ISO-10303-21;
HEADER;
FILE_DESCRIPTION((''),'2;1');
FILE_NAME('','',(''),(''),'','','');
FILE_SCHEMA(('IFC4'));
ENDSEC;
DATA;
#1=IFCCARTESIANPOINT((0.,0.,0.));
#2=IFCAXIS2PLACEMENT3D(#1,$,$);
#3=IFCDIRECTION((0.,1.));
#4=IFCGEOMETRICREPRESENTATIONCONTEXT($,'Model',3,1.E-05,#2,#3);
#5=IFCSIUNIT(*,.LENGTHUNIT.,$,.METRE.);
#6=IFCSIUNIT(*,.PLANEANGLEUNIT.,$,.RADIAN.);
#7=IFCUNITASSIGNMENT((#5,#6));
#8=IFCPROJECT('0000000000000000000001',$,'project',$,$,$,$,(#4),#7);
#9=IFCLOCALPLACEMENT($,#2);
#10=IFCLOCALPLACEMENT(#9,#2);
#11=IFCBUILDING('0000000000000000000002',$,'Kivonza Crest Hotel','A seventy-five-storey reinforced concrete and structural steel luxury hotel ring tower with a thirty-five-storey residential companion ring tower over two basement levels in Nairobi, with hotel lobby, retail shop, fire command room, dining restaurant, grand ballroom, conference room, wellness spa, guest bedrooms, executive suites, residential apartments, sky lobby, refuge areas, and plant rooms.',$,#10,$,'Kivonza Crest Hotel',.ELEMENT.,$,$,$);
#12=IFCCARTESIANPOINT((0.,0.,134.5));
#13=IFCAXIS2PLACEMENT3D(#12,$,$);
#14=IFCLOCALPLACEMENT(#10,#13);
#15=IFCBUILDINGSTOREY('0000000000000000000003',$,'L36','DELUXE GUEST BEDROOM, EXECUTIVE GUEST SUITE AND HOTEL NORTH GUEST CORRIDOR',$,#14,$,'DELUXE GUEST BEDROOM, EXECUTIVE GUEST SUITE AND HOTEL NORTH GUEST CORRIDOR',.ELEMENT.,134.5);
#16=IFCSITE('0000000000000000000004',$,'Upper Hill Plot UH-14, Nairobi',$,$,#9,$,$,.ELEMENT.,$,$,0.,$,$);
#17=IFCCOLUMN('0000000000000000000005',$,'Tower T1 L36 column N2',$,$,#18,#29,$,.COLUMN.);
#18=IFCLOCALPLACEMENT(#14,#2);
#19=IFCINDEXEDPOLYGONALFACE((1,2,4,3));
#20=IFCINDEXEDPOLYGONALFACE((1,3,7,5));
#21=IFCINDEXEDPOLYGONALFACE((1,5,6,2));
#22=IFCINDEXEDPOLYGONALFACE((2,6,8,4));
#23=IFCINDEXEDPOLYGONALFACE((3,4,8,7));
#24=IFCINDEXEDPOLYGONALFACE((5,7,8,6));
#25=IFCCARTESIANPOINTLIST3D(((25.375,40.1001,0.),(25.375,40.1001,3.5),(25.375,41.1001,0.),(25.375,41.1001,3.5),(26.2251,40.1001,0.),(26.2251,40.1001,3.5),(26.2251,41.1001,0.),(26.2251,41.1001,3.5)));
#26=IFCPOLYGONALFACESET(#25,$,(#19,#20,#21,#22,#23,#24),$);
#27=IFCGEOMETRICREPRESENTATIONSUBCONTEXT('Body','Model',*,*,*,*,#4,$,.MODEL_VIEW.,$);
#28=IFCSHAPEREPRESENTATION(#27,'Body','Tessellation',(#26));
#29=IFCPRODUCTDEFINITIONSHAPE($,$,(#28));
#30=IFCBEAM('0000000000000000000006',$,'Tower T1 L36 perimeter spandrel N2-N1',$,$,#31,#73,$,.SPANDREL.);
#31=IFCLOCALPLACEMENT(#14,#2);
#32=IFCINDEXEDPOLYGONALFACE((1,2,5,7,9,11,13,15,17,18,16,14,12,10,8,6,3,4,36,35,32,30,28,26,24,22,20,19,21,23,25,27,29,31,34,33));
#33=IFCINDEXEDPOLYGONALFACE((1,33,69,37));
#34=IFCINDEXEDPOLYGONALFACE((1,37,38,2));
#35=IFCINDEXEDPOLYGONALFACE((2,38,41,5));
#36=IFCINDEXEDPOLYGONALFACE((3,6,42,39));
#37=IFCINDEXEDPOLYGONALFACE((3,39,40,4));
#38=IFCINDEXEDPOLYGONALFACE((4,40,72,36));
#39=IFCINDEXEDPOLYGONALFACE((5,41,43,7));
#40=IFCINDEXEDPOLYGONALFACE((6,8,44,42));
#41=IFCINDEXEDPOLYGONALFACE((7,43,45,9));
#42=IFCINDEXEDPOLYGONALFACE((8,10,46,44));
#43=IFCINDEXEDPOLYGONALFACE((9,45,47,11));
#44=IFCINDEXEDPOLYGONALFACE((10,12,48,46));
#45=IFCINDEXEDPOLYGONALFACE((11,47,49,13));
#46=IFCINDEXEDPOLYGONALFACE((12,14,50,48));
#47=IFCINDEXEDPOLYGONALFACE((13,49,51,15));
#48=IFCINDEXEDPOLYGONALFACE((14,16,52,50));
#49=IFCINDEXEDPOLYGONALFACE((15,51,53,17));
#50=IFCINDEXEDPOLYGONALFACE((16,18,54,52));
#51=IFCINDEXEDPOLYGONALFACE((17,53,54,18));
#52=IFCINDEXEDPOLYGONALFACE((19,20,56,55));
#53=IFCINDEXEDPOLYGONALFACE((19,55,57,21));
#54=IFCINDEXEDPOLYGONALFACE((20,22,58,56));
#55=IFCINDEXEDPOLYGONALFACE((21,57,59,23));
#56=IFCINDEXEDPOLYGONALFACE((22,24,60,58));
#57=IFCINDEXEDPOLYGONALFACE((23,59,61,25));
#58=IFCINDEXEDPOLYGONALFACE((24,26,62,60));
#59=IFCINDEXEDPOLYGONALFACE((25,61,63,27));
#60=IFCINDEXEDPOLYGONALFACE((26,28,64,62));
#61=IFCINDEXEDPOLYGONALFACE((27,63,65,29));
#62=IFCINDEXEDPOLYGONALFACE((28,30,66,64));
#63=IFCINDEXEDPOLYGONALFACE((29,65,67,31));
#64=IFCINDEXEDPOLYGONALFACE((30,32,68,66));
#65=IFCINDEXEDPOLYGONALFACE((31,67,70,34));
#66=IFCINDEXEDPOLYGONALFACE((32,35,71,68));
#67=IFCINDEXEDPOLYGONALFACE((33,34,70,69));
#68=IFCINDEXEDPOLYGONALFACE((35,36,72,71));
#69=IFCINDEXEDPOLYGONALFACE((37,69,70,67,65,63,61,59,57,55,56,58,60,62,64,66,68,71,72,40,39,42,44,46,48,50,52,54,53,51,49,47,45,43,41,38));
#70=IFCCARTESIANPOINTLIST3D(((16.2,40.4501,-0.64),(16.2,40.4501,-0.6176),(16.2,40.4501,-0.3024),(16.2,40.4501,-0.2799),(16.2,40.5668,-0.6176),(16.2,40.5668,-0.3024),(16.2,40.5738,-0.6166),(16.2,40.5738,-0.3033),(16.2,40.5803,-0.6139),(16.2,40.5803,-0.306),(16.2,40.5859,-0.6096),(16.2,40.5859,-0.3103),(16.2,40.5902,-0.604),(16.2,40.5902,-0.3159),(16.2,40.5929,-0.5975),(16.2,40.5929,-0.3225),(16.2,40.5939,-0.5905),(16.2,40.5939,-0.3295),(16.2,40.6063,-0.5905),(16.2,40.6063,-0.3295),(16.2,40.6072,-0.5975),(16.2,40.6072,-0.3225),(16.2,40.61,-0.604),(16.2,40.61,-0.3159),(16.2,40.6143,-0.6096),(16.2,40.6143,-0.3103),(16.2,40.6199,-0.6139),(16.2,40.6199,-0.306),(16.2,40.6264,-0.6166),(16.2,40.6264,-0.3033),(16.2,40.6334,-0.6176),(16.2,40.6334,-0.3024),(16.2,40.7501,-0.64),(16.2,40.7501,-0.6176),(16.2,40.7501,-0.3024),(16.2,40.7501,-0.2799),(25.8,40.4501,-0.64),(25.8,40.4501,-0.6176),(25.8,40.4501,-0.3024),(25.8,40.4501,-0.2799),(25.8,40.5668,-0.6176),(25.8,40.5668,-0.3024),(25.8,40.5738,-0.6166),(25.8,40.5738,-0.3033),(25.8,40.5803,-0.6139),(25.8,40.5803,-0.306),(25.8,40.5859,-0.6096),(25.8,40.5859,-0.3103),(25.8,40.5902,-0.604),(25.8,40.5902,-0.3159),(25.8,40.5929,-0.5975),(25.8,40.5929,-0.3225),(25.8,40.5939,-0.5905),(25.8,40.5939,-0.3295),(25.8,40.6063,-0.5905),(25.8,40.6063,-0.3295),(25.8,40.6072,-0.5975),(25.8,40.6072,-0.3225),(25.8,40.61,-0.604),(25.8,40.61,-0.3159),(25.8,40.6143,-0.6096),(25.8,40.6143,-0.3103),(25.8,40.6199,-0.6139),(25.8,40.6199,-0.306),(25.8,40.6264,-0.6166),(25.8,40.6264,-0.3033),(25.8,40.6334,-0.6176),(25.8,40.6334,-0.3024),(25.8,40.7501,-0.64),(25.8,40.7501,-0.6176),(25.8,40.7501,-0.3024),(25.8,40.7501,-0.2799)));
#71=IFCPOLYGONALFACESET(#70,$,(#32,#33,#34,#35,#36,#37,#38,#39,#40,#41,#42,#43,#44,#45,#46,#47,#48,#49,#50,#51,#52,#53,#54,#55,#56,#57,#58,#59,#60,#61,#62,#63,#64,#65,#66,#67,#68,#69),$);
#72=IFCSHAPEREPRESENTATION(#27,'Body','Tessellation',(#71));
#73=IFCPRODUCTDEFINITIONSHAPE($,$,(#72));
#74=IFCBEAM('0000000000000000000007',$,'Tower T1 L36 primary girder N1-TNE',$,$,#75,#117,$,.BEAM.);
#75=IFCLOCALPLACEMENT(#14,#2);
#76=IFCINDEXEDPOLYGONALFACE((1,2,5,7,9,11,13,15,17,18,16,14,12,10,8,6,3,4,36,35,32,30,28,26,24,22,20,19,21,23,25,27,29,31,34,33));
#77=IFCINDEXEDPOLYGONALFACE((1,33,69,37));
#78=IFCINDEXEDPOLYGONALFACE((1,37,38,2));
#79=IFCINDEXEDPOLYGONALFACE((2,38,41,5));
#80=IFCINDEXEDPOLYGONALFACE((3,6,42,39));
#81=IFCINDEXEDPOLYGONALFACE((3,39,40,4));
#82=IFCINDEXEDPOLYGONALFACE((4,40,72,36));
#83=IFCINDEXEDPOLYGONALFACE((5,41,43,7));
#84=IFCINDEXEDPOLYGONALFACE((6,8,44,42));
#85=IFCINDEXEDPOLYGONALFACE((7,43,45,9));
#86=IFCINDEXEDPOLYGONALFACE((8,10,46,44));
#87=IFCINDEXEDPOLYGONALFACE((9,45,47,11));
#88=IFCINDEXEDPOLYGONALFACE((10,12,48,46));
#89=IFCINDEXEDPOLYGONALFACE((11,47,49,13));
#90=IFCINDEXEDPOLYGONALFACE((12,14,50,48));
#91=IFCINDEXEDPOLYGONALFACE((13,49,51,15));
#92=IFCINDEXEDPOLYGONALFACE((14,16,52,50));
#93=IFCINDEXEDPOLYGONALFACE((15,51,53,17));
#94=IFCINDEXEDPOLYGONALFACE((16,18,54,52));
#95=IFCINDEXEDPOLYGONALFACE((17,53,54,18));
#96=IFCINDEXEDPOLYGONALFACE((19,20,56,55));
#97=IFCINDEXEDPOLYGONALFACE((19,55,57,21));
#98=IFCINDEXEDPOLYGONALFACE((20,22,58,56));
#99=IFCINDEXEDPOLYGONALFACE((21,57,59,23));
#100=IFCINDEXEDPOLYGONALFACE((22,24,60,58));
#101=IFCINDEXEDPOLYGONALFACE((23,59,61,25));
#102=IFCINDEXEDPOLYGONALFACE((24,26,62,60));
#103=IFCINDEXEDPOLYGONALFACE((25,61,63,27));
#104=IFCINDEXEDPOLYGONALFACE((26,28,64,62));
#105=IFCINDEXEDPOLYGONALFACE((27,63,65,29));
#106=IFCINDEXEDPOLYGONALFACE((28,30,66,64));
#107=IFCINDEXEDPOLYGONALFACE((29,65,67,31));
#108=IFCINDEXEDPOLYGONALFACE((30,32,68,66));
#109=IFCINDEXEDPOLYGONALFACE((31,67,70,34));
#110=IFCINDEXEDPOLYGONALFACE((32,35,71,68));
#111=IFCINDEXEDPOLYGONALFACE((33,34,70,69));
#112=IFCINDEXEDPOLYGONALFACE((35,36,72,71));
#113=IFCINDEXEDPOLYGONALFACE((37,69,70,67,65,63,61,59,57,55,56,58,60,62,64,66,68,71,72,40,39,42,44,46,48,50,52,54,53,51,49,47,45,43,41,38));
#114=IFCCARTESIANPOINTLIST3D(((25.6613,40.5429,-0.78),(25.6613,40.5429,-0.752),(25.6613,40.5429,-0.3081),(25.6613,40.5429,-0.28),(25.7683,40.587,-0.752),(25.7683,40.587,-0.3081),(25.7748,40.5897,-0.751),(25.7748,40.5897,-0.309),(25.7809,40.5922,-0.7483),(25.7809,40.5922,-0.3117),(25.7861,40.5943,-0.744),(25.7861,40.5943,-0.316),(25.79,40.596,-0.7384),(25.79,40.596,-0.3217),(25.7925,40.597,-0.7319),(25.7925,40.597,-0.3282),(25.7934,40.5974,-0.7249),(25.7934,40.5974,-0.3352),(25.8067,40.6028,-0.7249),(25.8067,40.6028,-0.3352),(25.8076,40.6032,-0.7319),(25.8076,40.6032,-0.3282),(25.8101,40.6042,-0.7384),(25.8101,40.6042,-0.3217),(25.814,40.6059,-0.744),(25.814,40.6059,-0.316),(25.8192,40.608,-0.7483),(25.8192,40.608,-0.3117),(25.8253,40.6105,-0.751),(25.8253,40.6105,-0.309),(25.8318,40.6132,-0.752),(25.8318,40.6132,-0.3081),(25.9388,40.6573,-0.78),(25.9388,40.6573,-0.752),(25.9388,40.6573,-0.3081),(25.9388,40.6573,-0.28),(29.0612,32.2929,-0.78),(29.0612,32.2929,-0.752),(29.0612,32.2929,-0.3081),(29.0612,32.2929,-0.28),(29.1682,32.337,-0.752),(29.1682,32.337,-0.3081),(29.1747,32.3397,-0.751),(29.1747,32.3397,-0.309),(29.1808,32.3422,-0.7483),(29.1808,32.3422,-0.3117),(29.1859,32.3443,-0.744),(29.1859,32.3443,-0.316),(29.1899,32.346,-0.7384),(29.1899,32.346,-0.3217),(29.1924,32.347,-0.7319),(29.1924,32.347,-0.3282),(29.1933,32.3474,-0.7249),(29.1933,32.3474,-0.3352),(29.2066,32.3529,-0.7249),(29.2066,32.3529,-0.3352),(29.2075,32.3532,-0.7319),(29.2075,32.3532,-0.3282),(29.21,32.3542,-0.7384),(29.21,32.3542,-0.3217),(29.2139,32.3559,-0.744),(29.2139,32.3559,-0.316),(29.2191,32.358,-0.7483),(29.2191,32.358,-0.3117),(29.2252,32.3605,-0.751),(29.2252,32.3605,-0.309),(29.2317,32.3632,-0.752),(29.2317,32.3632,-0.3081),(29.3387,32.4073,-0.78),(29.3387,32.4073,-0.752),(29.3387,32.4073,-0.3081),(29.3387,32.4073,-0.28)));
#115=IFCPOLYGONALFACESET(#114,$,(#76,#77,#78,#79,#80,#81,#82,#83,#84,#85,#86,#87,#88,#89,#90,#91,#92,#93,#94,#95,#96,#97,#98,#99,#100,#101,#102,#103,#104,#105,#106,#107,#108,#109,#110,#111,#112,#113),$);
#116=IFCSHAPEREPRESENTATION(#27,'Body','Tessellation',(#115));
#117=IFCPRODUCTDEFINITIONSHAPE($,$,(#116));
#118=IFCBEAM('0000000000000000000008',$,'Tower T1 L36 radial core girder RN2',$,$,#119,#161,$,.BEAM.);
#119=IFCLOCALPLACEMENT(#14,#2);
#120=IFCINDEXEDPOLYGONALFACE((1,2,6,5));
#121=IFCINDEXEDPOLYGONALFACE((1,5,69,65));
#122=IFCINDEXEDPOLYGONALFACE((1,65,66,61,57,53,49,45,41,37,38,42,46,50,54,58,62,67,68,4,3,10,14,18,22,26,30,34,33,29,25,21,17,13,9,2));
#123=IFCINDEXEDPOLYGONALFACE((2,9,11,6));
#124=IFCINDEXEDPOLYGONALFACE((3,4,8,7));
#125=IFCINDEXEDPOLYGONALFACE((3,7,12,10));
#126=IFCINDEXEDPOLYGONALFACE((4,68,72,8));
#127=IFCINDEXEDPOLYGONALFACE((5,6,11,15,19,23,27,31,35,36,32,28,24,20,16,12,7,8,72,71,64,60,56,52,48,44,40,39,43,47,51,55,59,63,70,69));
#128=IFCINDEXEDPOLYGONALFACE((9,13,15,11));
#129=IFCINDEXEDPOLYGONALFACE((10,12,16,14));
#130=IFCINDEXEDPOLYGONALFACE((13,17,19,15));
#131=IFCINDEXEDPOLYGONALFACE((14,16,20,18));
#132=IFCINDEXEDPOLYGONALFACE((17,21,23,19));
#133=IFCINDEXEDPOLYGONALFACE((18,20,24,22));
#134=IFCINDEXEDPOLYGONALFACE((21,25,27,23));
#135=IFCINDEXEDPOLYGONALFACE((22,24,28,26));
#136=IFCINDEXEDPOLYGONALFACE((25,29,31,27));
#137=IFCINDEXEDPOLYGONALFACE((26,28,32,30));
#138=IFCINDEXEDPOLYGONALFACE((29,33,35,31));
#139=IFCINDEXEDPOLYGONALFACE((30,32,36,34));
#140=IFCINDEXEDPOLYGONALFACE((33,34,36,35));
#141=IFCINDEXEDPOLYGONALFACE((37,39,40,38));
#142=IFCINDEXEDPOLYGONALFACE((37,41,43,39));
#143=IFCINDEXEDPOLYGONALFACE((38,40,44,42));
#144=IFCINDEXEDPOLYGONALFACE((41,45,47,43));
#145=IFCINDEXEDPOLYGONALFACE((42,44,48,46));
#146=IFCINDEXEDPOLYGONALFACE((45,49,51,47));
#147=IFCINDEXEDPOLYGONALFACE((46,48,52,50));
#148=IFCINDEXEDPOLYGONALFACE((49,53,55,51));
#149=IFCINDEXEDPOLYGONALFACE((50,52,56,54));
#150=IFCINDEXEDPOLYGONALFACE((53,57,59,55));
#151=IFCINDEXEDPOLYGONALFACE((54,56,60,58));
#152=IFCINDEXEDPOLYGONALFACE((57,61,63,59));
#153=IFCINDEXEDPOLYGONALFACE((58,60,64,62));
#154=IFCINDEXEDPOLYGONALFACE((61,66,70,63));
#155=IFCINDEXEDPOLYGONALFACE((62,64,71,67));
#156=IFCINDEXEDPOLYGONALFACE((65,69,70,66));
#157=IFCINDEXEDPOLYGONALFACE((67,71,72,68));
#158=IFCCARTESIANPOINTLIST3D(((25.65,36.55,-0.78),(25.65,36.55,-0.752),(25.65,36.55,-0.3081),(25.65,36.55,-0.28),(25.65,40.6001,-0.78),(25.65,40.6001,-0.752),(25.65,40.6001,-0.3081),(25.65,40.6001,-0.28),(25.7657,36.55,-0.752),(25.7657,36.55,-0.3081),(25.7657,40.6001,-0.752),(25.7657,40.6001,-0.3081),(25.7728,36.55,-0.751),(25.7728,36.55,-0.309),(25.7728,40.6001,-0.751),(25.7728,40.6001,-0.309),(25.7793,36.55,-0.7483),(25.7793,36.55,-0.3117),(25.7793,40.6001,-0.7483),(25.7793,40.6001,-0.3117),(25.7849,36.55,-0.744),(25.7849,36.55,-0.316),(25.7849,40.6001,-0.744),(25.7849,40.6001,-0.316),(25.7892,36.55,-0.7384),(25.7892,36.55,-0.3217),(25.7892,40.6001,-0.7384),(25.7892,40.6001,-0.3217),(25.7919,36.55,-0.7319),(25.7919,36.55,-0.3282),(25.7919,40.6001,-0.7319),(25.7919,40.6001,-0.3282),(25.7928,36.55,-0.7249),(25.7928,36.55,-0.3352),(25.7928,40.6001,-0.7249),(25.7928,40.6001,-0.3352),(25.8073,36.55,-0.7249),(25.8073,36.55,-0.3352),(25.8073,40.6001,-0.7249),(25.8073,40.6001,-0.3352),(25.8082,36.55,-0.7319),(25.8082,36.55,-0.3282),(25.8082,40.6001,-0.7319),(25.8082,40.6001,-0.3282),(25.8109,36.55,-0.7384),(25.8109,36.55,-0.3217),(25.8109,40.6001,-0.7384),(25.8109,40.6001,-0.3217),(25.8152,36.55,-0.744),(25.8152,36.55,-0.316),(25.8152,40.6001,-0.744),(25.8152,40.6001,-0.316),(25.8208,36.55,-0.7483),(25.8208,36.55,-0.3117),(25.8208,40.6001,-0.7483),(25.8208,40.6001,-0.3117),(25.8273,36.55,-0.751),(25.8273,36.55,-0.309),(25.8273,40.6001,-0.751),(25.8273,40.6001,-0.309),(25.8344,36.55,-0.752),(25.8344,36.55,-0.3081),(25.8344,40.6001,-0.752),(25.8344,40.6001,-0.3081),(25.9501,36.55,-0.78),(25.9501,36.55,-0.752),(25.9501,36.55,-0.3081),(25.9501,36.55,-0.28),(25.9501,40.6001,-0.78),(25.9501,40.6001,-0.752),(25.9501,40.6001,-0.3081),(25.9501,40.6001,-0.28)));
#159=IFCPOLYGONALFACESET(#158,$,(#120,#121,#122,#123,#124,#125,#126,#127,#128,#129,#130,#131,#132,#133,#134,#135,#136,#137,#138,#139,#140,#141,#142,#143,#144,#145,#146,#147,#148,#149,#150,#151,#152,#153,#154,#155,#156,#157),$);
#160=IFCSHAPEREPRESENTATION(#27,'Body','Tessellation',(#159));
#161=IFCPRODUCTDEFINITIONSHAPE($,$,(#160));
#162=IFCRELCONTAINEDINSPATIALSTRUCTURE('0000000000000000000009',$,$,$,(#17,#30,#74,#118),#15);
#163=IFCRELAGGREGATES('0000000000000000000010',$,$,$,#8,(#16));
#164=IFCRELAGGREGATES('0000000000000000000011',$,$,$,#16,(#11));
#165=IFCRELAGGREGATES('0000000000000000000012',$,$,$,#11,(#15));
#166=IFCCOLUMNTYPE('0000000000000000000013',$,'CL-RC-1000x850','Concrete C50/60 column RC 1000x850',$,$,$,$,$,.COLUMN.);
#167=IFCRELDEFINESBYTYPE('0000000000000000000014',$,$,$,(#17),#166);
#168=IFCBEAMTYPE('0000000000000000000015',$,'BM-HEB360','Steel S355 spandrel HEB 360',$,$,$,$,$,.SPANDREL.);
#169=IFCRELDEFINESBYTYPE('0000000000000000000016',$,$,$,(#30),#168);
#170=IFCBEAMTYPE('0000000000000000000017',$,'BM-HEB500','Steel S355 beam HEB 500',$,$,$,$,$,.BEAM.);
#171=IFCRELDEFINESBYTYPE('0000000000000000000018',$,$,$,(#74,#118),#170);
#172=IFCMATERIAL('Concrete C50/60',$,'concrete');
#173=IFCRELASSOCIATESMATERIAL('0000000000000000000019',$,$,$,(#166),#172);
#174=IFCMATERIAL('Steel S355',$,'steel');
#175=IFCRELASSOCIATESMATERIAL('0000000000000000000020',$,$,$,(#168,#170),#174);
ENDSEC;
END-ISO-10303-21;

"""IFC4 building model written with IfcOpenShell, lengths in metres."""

from ifc_helpers import new_model, si_unit, direction, frame, origin, origin_2d, place, context, subcontext, project, spatial, rectangle, i_section, extrude, material, material_profile, profile_set, type_object, element, save


model = new_model("IFC4")

# Units and contexts
model_context = context("Model", 3, precision=1e-05, world=origin(), true_north=direction((0.0, 1.0)))
body_context = subcontext(model_context, "Body", "Model", "MODEL_VIEW")
ifc_project = project(units=[si_unit("LENGTHUNIT", "METRE"), si_unit("PLANEANGLEUNIT", "RADIAN")], contexts=[model_context])

# Site, building, storey
site_placement = place(None, origin())
site = spatial("IfcSite", under=ifc_project, at=site_placement, Name="Upper Hill Plot UH-14, Nairobi", CompositionType="ELEMENT", RefElevation=0.0)
building_placement = place(site_placement, origin())
building = spatial("IfcBuilding", under=site, at=building_placement, Name="Kivonza Crest Hotel", Description="A seventy-five-storey reinforced concrete and structural steel luxury hotel ring tower with a thirty-five-storey residential companion ring tower over two basement levels in Nairobi, with hotel lobby, retail shop, fire command room, dining restaurant, grand ballroom, conference room, wellness spa, guest bedrooms, executive suites, residential apartments, sky lobby, refuge areas, and plant rooms.", LongName="Kivonza Crest Hotel", CompositionType="ELEMENT")
storey_placement = place(building_placement, frame((0.0, 0.0, 134.5)))
storey = spatial("IfcBuildingStorey", under=building, at=storey_placement, Name="L36", Description="DELUXE GUEST BEDROOM, EXECUTIVE GUEST SUITE AND HOTEL NORTH GUEST CORRIDOR", LongName="DELUXE GUEST BEDROOM, EXECUTIVE GUEST SUITE AND HOTEL NORTH GUEST CORRIDOR", CompositionType="ELEMENT", Elevation=134.5)

# Column
ifc_material_1 = material(Name="Concrete C50/60", Category="concrete")
ifc_material_profile_1 = material_profile(ifc_material_1, rectangle(XDim=0.8501, YDim=1.0, at=origin_2d()), Name="RC 1000x850")
ifc_profile_set_1 = profile_set([ifc_material_profile_1], Name="Concrete C50/60")
column_type = type_object("IfcColumnType", Name="CL-RC-1000x850", Description="Concrete C50/60 column RC 1000x850", PredefinedType="COLUMN", material=ifc_profile_set_1)
column_placement = place(storey_placement, frame((25.8, 40.6001, 0.0), z_axis=(0.0, 0.0, 1.0), x_axis=(1.0, 0.0, 0.0)))
element("IfcColumn", 1, at=column_placement, inside=storey, type_object=column_type, Name="Tower T1 L36 column N2", PredefinedType="COLUMN", context=body_context, shape_type="SweptSolid", body=[
    extrude(rectangle(XDim=0.8501, YDim=1.0, at=origin_2d()), origin(), (0.0, 0.0, 1.0), 3.5),
])

# Beams
ifc_material_2 = material(Name="Steel S355", Category="steel")
ifc_material_profile_2 = material_profile(ifc_material_2, i_section(OverallWidth=0.3, OverallDepth=0.3601, WebThickness=0.0125, FlangeThickness=0.0225, FilletRadius=0.0271, at=origin_2d()), Name="HEB 360")
ifc_profile_set_2 = profile_set([ifc_material_profile_2], Name="Steel S355")
beam_type_1 = type_object("IfcBeamType", Name="BM-HEB360", Description="Steel S355 spandrel HEB 360", PredefinedType="SPANDREL", material=ifc_profile_set_2)
beam_1_placement = place(storey_placement, frame((25.8, 40.6001, -0.46), z_axis=(-1.0, 0.0, 0.0), x_axis=(0.0, -1.0, 0.0)))
element("IfcBeam", 2, at=beam_1_placement, inside=storey, type_object=beam_type_1, Name="Tower T1 L36 perimeter spandrel N2-N1", PredefinedType="SPANDREL", context=body_context, shape_type="SweptSolid", body=[
    extrude(i_section(OverallWidth=0.3, OverallDepth=0.3601, WebThickness=0.0125, FlangeThickness=0.0225, FilletRadius=0.0271, at=origin_2d()), origin(), (0.0, 0.0, 1.0), 9.6001),
])
ifc_material_profile_3 = material_profile(ifc_material_2, i_section(OverallWidth=0.3, OverallDepth=0.5, WebThickness=0.0144, FlangeThickness=0.0281, FilletRadius=0.0271, at=origin_2d()), Name="HEB 500")
ifc_profile_set_3 = profile_set([ifc_material_profile_3], Name="Steel S355")
beam_type_2 = type_object("IfcBeamType", Name="BM-HEB500", Description="Steel S355 beam HEB 500", PredefinedType="BEAM", material=ifc_profile_set_3)
beam_2_placement = place(storey_placement, frame((25.8, 40.6001, -0.53), z_axis=(0.381022, -0.924566, 0.0), x_axis=(0.924566, 0.381022, 0.0)))
element("IfcBeam", 3, at=beam_2_placement, inside=storey, type_object=beam_type_2, Name="Tower T1 L36 primary girder N1-TNE", PredefinedType="BEAM", context=body_context, shape_type="SweptSolid", body=[
    extrude(i_section(OverallWidth=0.3, OverallDepth=0.5, WebThickness=0.0144, FlangeThickness=0.0281, FilletRadius=0.0271, at=origin_2d()), origin(), (0.0, 0.0, 1.0), 8.9231),
])
beam_3_placement = place(storey_placement, frame((25.8, 40.6001, -0.53), z_axis=(0.0, -1.0, 0.0), x_axis=(1.0, 0.0, 0.0)))
element("IfcBeam", 4, at=beam_3_placement, inside=storey, type_object=beam_type_2, Name="Tower T1 L36 radial core girder RN2", PredefinedType="BEAM", context=body_context, shape_type="SweptSolid", body=[
    extrude(i_section(OverallWidth=0.3, OverallDepth=0.5, WebThickness=0.0144, FlangeThickness=0.0281, FilletRadius=0.0271, at=origin_2d()), origin(), (0.0, 0.0, 1.0), 4.05),
])

save(model, "model.ifc")
